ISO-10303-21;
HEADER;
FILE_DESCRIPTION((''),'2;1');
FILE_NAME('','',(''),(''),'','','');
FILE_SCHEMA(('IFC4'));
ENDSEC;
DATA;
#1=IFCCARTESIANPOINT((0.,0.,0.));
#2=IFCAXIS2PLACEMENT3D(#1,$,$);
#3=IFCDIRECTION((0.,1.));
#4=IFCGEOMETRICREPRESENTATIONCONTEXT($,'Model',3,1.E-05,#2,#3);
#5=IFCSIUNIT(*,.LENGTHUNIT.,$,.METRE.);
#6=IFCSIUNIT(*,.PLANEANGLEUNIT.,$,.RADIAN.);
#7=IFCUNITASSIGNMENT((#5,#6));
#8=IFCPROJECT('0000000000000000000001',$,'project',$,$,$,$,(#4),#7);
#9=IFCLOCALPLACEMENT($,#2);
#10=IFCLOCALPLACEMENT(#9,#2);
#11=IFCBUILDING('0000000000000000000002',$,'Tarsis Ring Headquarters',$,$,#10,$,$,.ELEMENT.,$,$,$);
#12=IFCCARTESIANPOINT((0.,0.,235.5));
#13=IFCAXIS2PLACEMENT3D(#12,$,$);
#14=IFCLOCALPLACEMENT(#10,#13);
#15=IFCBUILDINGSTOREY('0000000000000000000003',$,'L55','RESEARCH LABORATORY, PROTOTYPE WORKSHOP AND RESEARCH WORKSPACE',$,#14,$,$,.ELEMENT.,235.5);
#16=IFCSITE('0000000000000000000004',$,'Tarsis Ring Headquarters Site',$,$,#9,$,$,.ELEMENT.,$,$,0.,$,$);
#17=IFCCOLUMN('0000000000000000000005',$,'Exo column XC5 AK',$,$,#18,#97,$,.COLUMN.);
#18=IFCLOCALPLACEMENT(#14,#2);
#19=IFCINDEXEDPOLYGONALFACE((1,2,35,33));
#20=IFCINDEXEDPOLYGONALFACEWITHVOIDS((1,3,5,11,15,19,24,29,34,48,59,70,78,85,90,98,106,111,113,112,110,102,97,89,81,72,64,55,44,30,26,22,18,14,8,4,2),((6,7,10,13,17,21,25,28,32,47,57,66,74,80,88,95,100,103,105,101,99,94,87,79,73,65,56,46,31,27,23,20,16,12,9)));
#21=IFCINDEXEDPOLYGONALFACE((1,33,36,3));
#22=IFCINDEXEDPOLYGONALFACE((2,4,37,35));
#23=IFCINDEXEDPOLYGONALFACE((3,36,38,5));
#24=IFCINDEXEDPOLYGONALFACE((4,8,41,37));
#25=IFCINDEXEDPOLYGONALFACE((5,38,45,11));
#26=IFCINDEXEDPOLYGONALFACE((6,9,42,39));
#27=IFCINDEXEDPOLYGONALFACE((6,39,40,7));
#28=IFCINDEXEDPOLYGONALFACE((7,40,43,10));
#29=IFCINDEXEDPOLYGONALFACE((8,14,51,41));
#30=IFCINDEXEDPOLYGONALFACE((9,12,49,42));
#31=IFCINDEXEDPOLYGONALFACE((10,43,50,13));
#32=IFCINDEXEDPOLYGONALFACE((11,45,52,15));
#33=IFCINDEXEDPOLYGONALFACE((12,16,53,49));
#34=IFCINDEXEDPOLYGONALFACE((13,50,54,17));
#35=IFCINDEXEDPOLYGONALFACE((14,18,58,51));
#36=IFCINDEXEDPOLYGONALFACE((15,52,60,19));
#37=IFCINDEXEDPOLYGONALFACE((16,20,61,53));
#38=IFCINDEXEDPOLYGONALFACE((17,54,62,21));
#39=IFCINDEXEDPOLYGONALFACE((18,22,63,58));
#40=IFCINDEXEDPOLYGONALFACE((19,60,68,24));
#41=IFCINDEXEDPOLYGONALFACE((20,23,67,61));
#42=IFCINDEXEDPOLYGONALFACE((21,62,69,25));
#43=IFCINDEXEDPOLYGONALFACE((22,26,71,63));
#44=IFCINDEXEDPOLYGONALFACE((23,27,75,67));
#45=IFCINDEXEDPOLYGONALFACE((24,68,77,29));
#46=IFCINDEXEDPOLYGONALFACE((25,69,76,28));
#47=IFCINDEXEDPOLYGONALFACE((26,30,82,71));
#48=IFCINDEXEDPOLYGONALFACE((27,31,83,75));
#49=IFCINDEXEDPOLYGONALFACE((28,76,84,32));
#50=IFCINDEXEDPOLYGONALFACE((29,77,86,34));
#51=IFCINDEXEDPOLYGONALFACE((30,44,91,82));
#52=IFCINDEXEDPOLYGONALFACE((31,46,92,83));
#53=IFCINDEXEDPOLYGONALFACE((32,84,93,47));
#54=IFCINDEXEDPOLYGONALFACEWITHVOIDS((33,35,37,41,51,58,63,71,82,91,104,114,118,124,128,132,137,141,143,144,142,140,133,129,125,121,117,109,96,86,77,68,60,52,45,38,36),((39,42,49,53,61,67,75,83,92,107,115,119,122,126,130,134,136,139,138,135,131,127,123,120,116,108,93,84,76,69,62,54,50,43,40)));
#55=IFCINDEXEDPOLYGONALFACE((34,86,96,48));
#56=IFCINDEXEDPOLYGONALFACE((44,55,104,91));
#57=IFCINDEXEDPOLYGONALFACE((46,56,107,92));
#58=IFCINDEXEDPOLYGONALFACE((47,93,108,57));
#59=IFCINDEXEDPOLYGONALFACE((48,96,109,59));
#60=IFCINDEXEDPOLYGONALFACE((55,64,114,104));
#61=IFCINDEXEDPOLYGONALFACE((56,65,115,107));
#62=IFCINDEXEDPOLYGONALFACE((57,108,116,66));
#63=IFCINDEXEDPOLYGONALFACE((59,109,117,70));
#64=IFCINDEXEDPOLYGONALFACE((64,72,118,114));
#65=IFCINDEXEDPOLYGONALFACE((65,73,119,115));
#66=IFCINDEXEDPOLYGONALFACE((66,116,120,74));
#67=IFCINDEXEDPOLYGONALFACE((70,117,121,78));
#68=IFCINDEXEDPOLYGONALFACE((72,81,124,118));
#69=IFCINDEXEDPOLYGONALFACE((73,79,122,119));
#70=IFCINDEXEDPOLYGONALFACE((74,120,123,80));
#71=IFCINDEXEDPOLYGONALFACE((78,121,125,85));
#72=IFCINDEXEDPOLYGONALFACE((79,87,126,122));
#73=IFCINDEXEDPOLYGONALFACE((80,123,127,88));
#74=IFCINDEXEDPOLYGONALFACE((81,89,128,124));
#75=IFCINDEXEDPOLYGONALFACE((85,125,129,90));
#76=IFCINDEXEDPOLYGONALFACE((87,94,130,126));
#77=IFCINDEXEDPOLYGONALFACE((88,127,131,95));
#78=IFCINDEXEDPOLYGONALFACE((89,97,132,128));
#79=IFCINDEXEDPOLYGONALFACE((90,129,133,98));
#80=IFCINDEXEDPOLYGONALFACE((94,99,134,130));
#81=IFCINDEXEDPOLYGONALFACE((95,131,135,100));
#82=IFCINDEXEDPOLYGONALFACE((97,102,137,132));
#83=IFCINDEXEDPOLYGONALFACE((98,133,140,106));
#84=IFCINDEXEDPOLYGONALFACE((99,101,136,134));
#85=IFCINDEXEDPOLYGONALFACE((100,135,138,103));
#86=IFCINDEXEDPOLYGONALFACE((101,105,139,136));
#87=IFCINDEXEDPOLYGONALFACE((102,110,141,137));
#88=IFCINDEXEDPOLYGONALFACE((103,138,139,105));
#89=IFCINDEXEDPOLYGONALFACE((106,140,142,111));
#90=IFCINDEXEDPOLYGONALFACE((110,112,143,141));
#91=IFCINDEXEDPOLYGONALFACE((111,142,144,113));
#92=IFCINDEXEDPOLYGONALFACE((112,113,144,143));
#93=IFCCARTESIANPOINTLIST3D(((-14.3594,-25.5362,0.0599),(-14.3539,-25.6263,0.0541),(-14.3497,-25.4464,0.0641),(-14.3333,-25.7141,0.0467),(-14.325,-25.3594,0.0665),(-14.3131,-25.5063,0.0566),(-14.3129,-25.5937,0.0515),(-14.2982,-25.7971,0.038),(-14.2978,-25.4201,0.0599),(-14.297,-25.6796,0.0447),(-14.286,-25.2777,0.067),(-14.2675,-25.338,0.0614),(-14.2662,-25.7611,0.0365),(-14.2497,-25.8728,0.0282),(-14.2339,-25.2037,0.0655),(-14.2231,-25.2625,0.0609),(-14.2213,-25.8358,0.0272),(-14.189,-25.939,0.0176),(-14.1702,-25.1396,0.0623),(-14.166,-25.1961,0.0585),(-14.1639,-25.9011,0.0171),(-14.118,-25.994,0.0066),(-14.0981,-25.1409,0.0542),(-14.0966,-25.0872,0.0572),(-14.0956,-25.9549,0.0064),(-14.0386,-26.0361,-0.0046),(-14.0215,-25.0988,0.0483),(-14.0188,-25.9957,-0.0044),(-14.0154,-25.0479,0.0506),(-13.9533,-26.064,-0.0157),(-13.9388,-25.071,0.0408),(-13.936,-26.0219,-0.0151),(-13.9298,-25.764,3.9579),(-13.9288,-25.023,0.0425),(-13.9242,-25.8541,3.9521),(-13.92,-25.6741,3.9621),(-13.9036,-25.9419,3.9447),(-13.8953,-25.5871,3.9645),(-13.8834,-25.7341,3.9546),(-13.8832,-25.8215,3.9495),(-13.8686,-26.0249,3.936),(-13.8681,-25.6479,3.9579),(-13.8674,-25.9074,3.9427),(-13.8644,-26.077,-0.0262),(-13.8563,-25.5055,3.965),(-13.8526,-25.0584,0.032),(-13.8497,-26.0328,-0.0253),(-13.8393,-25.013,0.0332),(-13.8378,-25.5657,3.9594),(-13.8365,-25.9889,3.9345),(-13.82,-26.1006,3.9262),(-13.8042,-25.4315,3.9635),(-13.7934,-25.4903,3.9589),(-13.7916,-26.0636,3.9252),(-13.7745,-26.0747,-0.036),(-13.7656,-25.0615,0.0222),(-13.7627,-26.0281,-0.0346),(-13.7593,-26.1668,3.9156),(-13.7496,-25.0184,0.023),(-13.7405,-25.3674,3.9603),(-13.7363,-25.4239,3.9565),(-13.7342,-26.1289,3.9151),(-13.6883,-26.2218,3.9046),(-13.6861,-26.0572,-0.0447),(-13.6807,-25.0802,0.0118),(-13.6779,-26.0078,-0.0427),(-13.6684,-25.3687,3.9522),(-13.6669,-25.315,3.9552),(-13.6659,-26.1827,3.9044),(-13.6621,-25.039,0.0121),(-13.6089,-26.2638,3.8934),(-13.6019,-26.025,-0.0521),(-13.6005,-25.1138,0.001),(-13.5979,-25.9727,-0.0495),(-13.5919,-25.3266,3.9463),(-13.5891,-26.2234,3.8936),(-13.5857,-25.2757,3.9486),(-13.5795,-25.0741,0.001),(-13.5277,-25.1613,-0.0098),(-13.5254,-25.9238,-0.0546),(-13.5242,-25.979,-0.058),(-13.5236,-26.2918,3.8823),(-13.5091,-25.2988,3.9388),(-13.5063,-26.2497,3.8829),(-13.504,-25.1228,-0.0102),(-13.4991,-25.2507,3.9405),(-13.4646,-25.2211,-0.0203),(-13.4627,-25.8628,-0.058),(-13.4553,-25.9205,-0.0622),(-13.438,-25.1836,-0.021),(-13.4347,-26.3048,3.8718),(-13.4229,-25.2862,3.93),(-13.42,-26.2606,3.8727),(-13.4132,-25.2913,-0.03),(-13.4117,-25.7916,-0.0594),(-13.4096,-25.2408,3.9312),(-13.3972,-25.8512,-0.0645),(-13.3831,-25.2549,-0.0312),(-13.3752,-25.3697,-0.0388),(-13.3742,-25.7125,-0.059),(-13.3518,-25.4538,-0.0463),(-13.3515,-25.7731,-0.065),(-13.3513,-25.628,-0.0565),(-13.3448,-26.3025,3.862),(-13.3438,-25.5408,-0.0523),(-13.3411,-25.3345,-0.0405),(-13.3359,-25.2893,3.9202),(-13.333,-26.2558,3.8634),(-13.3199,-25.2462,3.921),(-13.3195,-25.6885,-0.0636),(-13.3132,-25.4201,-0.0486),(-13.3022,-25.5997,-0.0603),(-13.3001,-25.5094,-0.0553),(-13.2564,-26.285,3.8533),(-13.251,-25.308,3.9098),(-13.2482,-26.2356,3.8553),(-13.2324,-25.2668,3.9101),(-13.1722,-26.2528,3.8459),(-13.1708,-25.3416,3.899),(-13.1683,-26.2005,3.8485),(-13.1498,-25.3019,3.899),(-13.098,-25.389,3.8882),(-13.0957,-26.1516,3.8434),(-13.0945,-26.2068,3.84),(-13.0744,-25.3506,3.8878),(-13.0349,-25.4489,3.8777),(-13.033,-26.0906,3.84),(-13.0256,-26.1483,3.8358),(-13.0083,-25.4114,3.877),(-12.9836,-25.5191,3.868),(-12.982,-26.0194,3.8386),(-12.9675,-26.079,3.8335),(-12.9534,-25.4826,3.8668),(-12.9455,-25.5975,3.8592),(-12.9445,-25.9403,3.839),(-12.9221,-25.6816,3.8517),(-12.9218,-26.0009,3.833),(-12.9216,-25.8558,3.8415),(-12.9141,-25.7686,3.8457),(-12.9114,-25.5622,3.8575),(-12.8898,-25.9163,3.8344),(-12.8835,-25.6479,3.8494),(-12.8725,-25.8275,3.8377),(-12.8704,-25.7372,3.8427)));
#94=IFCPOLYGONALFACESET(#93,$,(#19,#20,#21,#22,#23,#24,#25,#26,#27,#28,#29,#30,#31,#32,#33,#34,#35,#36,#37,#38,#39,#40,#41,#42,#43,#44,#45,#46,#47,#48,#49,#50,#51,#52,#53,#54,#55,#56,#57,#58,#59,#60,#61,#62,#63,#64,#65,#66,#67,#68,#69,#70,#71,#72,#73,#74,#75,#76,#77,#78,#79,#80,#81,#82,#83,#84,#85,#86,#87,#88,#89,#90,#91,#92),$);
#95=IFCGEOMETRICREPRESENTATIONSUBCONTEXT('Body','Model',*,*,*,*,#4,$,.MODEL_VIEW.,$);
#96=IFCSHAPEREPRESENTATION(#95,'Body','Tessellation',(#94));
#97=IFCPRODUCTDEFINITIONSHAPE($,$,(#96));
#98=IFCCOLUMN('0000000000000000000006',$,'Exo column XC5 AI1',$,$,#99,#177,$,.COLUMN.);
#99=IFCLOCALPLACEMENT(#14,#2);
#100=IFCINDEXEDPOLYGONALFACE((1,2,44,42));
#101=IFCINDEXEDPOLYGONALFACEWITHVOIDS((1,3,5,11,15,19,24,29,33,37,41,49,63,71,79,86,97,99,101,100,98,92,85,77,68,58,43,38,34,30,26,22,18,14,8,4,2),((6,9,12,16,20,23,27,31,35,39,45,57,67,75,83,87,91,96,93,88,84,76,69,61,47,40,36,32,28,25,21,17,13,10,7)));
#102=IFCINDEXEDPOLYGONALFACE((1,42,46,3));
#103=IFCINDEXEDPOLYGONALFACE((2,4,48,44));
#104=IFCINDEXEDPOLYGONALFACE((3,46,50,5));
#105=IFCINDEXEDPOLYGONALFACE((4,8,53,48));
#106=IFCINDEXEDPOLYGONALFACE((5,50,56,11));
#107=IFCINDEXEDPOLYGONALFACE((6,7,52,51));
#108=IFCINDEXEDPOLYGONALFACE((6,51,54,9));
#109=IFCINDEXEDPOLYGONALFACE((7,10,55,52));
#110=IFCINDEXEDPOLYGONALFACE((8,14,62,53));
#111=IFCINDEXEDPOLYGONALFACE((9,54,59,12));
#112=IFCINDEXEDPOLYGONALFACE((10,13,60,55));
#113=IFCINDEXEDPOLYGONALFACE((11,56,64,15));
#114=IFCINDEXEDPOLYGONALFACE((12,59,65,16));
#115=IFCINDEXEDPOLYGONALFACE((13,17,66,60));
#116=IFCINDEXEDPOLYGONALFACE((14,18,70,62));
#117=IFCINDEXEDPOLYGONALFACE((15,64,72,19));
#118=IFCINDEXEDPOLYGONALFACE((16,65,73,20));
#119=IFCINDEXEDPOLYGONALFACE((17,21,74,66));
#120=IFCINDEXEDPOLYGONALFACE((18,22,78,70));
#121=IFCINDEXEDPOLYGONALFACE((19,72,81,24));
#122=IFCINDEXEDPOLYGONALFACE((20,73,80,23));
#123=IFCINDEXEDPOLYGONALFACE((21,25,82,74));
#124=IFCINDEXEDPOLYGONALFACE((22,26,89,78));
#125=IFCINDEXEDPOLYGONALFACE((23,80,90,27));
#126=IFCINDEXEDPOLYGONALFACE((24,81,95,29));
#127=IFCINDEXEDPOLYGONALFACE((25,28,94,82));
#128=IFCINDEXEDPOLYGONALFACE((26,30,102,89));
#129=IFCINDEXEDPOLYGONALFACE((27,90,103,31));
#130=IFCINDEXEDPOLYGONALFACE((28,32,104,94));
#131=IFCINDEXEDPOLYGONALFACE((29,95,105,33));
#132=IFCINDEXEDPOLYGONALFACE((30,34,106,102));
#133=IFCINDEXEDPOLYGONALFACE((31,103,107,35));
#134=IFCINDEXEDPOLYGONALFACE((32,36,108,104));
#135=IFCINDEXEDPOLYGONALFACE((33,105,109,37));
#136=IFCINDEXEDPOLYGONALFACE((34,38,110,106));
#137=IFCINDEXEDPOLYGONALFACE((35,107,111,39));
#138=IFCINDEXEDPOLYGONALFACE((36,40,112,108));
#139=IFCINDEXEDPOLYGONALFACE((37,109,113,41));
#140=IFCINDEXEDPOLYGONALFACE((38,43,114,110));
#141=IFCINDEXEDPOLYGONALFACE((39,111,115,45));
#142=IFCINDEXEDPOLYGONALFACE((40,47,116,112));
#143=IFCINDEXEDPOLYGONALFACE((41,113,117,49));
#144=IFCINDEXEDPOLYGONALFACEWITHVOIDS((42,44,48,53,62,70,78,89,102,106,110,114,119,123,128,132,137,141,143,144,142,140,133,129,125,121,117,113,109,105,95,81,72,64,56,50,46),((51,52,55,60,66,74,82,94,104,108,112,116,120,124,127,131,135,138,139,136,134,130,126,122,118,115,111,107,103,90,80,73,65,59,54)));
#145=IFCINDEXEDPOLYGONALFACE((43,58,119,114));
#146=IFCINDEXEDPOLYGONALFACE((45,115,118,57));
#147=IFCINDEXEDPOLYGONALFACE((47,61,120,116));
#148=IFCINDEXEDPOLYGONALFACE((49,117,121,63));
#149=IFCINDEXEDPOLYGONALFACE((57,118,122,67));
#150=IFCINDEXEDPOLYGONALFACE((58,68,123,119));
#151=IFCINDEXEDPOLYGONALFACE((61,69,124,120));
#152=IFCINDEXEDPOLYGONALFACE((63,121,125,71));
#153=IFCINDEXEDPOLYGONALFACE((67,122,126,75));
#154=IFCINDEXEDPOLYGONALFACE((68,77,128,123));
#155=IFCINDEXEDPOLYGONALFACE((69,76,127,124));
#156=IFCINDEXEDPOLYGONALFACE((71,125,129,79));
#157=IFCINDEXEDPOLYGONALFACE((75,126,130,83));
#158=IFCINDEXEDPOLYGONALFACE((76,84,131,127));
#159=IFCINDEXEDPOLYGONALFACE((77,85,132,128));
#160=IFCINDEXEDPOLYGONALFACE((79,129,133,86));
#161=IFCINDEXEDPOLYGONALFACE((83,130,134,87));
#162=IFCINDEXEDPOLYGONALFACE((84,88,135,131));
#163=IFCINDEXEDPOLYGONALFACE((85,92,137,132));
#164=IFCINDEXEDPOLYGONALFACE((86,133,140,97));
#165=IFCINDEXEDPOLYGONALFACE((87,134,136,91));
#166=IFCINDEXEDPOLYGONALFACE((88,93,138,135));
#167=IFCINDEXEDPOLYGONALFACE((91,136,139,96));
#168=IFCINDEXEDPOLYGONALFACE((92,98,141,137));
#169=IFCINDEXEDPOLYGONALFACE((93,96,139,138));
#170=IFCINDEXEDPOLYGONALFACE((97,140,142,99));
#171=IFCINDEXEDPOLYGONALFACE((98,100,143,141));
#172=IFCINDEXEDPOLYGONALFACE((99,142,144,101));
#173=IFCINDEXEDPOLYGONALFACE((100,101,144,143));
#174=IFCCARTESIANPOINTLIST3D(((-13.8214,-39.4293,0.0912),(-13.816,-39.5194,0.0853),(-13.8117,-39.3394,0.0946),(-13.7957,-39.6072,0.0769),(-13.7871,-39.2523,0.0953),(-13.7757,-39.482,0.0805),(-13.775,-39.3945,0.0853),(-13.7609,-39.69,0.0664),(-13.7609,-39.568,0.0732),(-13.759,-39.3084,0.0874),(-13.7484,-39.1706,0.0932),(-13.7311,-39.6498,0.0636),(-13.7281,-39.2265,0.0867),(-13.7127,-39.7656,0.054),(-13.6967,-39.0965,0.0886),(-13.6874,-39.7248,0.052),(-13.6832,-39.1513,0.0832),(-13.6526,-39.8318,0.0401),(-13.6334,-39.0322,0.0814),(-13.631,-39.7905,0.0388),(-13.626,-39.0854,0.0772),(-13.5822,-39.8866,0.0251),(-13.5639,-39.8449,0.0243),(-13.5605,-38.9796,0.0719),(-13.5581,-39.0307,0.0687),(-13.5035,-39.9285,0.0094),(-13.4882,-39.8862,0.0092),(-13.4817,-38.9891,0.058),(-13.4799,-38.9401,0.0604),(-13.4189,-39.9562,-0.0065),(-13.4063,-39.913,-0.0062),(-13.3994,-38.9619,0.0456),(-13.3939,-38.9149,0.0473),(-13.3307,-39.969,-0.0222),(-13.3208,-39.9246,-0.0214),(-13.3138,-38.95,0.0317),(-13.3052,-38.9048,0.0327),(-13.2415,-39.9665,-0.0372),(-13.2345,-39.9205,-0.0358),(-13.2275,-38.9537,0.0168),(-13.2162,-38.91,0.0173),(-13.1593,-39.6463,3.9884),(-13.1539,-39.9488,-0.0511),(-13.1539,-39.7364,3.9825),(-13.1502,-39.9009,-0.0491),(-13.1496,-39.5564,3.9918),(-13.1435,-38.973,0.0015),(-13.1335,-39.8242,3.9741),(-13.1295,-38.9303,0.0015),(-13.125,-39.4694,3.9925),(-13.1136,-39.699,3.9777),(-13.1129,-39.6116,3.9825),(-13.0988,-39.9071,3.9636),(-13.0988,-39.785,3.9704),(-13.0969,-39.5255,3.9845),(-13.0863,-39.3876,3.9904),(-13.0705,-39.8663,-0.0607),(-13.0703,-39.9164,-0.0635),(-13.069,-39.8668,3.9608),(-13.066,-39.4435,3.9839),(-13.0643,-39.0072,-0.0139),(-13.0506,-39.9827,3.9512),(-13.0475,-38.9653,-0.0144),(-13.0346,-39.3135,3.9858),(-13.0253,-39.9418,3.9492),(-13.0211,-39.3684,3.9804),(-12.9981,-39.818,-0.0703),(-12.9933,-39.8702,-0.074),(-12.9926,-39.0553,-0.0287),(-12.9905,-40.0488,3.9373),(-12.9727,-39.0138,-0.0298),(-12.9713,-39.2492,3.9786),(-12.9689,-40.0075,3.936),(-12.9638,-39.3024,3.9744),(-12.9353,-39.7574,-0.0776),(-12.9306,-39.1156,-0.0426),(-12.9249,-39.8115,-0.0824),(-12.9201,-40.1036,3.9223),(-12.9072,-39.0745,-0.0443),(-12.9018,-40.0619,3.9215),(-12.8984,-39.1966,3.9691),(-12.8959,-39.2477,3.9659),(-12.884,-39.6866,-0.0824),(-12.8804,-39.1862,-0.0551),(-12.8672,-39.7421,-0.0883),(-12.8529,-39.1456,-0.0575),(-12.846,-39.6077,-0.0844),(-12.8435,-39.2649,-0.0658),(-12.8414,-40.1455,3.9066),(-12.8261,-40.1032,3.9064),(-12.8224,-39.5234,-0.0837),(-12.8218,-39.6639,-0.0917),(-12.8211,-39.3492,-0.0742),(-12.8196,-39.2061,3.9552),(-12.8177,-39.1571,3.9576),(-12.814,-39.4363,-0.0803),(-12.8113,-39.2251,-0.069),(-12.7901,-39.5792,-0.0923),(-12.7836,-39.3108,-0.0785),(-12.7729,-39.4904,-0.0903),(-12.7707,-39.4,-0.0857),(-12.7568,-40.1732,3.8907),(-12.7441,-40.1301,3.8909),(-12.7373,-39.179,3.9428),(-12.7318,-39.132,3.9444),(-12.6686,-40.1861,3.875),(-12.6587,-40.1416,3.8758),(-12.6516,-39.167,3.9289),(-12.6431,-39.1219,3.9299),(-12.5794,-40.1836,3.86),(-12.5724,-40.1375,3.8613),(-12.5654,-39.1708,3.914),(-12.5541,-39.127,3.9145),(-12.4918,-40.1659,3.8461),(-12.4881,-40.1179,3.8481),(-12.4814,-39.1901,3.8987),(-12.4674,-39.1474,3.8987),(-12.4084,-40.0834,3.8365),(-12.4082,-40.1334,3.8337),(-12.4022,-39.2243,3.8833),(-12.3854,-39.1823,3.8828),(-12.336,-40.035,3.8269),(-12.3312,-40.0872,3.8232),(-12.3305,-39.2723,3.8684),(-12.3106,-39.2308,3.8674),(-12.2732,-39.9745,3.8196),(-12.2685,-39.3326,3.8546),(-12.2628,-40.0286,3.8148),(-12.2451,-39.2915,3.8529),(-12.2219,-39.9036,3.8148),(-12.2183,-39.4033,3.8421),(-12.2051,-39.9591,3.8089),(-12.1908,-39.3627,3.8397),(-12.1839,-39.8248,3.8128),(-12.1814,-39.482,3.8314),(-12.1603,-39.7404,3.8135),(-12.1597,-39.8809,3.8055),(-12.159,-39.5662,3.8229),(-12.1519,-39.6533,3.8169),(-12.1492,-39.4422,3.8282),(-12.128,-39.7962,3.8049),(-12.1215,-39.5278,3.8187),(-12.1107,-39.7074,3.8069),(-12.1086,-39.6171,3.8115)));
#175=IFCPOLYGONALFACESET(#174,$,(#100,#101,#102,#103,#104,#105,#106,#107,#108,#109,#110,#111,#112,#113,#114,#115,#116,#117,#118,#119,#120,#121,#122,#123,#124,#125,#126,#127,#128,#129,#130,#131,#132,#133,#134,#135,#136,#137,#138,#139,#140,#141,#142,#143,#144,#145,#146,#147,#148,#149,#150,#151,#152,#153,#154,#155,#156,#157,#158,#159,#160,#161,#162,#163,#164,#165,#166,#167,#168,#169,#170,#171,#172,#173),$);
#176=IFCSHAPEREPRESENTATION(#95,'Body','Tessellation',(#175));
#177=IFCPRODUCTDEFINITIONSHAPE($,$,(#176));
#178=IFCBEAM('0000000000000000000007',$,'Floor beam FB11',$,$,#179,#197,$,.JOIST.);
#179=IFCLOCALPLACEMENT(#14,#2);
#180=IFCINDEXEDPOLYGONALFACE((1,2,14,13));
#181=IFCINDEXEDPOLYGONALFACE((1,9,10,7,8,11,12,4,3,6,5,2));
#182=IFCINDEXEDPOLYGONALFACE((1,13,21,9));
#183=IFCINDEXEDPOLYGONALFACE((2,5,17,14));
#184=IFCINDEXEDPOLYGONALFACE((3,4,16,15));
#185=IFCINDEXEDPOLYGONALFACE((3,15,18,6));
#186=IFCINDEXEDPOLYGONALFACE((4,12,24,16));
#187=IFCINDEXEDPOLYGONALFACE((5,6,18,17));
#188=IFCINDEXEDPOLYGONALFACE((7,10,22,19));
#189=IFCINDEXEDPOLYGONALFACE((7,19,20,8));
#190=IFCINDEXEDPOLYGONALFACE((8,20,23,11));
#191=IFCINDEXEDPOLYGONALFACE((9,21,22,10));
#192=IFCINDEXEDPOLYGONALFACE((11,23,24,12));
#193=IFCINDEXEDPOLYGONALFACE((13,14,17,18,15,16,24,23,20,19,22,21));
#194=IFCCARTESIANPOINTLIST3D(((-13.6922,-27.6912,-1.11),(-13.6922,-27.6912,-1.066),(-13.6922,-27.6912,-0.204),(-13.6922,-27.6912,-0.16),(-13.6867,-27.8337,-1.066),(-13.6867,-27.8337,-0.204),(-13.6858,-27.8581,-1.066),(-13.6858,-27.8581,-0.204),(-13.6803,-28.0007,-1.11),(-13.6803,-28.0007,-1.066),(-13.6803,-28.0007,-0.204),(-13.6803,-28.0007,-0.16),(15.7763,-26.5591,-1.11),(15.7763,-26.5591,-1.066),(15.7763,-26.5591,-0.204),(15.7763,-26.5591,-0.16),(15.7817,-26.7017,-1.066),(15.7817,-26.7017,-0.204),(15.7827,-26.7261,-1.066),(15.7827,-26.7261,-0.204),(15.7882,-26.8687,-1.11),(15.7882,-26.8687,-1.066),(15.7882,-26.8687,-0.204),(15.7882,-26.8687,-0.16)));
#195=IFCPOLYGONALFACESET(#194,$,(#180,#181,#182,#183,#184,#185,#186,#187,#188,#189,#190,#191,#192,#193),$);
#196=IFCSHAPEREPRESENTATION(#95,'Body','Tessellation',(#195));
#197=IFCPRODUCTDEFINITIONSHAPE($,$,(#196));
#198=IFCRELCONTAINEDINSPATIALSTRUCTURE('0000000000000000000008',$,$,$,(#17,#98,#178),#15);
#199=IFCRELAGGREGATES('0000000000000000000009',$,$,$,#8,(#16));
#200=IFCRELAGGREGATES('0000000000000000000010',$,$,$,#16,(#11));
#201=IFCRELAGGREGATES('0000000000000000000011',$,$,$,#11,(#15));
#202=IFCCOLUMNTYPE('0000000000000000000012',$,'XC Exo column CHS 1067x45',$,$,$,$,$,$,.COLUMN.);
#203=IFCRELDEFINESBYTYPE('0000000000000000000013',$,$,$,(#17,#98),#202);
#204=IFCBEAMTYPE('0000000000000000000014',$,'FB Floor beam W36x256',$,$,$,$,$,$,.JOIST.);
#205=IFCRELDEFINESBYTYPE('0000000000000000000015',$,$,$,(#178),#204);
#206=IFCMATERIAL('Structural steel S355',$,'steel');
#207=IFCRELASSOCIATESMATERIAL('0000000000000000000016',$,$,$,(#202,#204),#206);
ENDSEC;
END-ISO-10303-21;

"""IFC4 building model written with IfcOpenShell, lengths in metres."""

from ifc_helpers import new_model, si_unit, direction, frame, origin, origin_2d, place, context, subcontext, project, spatial, hollow_circle, i_section, extrude, material, material_profile, profile_set, type_object, element, save


model = new_model("IFC4")

# Units and contexts
model_context = context("Model", 3, precision=1e-05, world=origin(), true_north=direction((0.0, 1.0)))
body_context = subcontext(model_context, "Body", "Model", "MODEL_VIEW")
ifc_project = project(units=[si_unit("LENGTHUNIT", "METRE"), si_unit("PLANEANGLEUNIT", "RADIAN")], contexts=[model_context])

# Site, building, storey
site_placement = place(None, origin())
site = spatial("IfcSite", under=ifc_project, at=site_placement, Name="Tarsis Ring Headquarters Site", CompositionType="ELEMENT", RefElevation=0.0)
building_placement = place(site_placement, origin())
building = spatial("IfcBuilding", under=site, at=building_placement, Name="Tarsis Ring Headquarters", CompositionType="ELEMENT")
storey_placement = place(building_placement, frame((0.0, 0.0, 235.5)))
storey = spatial("IfcBuildingStorey", under=building, at=storey_placement, Name="L55", Description="RESEARCH LABORATORY, PROTOTYPE WORKSHOP AND RESEARCH WORKSPACE", CompositionType="ELEMENT", Elevation=235.5)

# Columns
ifc_material_1 = material(Name="Structural steel S355", Category="steel")
ifc_material_profile_1 = material_profile(ifc_material_1, hollow_circle(Radius=0.5334, WallThickness=0.0449, at=origin_2d()), Name="CHS 1067x45")
ifc_profile_set_1 = profile_set([ifc_material_profile_1], Name="Structural steel S355")
column_type = type_object("IfcColumnType", Name="XC Exo column CHS 1067x45", PredefinedType="COLUMN", material=ifc_profile_set_1)
column_1_placement = place(storey_placement, frame((-13.8293, -25.5454, 0.001), z_axis=(0.109386, -0.057987, 0.992306), x_axis=(0.468372, 0.883531, 0.0)))
element("IfcColumn", 1, at=column_1_placement, inside=storey, type_object=column_type, Name="Exo column XC5 AK", PredefinedType="COLUMN", context=body_context, shape_type="SweptSolid", body=[
    extrude(hollow_circle(Radius=0.5334, WallThickness=0.0449, at=origin_2d()), origin(), (0.0, 0.0, 1.0), 3.9282),
])
column_2_placement = place(storey_placement, frame((-13.2957, -39.4373, 0.0015), z_axis=(0.167241, -0.054822, 0.984391), x_axis=(0.311494, 0.950248, 0.0)))
element("IfcColumn", 2, at=column_2_placement, inside=storey, type_object=column_type, Name="Exo column XC5 AI1", PredefinedType="COLUMN", context=body_context, shape_type="SweptSolid", body=[
    extrude(hollow_circle(Radius=0.5334, WallThickness=0.0449, at=origin_2d()), origin(), (0.0, 0.0, 1.0), 3.959),
])

# Beam
ifc_material_profile_2 = material_profile(ifc_material_1, i_section(OverallWidth=0.3098, OverallDepth=0.95, WebThickness=0.0244, FlangeThickness=0.0439, at=origin_2d()), Name="W36x256")
ifc_profile_set_2 = profile_set([ifc_material_profile_2], Name="Structural steel S355")
beam_type_1 = type_object("IfcBeamType", Name="FB Floor beam W36x256", PredefinedType="JOIST", material=ifc_profile_set_2)
beam_1_placement = place(storey_placement, frame((-13.6863, -27.8459, -0.635), z_axis=(0.999263, 0.038388, 0.0), x_axis=(-0.038388, 0.999263, 0.0)))
element("IfcBeam", 3, at=beam_1_placement, inside=storey, type_object=beam_type_1, Name="Floor beam FB11", PredefinedType="JOIST", context=body_context, shape_type="SweptSolid", body=[
    extrude(i_section(OverallWidth=0.3098, OverallDepth=0.95, WebThickness=0.0244, FlangeThickness=0.0439, at=origin_2d()), origin(), (0.0, 0.0, 1.0), 29.4902),
])

save(model, "model.ifc")
